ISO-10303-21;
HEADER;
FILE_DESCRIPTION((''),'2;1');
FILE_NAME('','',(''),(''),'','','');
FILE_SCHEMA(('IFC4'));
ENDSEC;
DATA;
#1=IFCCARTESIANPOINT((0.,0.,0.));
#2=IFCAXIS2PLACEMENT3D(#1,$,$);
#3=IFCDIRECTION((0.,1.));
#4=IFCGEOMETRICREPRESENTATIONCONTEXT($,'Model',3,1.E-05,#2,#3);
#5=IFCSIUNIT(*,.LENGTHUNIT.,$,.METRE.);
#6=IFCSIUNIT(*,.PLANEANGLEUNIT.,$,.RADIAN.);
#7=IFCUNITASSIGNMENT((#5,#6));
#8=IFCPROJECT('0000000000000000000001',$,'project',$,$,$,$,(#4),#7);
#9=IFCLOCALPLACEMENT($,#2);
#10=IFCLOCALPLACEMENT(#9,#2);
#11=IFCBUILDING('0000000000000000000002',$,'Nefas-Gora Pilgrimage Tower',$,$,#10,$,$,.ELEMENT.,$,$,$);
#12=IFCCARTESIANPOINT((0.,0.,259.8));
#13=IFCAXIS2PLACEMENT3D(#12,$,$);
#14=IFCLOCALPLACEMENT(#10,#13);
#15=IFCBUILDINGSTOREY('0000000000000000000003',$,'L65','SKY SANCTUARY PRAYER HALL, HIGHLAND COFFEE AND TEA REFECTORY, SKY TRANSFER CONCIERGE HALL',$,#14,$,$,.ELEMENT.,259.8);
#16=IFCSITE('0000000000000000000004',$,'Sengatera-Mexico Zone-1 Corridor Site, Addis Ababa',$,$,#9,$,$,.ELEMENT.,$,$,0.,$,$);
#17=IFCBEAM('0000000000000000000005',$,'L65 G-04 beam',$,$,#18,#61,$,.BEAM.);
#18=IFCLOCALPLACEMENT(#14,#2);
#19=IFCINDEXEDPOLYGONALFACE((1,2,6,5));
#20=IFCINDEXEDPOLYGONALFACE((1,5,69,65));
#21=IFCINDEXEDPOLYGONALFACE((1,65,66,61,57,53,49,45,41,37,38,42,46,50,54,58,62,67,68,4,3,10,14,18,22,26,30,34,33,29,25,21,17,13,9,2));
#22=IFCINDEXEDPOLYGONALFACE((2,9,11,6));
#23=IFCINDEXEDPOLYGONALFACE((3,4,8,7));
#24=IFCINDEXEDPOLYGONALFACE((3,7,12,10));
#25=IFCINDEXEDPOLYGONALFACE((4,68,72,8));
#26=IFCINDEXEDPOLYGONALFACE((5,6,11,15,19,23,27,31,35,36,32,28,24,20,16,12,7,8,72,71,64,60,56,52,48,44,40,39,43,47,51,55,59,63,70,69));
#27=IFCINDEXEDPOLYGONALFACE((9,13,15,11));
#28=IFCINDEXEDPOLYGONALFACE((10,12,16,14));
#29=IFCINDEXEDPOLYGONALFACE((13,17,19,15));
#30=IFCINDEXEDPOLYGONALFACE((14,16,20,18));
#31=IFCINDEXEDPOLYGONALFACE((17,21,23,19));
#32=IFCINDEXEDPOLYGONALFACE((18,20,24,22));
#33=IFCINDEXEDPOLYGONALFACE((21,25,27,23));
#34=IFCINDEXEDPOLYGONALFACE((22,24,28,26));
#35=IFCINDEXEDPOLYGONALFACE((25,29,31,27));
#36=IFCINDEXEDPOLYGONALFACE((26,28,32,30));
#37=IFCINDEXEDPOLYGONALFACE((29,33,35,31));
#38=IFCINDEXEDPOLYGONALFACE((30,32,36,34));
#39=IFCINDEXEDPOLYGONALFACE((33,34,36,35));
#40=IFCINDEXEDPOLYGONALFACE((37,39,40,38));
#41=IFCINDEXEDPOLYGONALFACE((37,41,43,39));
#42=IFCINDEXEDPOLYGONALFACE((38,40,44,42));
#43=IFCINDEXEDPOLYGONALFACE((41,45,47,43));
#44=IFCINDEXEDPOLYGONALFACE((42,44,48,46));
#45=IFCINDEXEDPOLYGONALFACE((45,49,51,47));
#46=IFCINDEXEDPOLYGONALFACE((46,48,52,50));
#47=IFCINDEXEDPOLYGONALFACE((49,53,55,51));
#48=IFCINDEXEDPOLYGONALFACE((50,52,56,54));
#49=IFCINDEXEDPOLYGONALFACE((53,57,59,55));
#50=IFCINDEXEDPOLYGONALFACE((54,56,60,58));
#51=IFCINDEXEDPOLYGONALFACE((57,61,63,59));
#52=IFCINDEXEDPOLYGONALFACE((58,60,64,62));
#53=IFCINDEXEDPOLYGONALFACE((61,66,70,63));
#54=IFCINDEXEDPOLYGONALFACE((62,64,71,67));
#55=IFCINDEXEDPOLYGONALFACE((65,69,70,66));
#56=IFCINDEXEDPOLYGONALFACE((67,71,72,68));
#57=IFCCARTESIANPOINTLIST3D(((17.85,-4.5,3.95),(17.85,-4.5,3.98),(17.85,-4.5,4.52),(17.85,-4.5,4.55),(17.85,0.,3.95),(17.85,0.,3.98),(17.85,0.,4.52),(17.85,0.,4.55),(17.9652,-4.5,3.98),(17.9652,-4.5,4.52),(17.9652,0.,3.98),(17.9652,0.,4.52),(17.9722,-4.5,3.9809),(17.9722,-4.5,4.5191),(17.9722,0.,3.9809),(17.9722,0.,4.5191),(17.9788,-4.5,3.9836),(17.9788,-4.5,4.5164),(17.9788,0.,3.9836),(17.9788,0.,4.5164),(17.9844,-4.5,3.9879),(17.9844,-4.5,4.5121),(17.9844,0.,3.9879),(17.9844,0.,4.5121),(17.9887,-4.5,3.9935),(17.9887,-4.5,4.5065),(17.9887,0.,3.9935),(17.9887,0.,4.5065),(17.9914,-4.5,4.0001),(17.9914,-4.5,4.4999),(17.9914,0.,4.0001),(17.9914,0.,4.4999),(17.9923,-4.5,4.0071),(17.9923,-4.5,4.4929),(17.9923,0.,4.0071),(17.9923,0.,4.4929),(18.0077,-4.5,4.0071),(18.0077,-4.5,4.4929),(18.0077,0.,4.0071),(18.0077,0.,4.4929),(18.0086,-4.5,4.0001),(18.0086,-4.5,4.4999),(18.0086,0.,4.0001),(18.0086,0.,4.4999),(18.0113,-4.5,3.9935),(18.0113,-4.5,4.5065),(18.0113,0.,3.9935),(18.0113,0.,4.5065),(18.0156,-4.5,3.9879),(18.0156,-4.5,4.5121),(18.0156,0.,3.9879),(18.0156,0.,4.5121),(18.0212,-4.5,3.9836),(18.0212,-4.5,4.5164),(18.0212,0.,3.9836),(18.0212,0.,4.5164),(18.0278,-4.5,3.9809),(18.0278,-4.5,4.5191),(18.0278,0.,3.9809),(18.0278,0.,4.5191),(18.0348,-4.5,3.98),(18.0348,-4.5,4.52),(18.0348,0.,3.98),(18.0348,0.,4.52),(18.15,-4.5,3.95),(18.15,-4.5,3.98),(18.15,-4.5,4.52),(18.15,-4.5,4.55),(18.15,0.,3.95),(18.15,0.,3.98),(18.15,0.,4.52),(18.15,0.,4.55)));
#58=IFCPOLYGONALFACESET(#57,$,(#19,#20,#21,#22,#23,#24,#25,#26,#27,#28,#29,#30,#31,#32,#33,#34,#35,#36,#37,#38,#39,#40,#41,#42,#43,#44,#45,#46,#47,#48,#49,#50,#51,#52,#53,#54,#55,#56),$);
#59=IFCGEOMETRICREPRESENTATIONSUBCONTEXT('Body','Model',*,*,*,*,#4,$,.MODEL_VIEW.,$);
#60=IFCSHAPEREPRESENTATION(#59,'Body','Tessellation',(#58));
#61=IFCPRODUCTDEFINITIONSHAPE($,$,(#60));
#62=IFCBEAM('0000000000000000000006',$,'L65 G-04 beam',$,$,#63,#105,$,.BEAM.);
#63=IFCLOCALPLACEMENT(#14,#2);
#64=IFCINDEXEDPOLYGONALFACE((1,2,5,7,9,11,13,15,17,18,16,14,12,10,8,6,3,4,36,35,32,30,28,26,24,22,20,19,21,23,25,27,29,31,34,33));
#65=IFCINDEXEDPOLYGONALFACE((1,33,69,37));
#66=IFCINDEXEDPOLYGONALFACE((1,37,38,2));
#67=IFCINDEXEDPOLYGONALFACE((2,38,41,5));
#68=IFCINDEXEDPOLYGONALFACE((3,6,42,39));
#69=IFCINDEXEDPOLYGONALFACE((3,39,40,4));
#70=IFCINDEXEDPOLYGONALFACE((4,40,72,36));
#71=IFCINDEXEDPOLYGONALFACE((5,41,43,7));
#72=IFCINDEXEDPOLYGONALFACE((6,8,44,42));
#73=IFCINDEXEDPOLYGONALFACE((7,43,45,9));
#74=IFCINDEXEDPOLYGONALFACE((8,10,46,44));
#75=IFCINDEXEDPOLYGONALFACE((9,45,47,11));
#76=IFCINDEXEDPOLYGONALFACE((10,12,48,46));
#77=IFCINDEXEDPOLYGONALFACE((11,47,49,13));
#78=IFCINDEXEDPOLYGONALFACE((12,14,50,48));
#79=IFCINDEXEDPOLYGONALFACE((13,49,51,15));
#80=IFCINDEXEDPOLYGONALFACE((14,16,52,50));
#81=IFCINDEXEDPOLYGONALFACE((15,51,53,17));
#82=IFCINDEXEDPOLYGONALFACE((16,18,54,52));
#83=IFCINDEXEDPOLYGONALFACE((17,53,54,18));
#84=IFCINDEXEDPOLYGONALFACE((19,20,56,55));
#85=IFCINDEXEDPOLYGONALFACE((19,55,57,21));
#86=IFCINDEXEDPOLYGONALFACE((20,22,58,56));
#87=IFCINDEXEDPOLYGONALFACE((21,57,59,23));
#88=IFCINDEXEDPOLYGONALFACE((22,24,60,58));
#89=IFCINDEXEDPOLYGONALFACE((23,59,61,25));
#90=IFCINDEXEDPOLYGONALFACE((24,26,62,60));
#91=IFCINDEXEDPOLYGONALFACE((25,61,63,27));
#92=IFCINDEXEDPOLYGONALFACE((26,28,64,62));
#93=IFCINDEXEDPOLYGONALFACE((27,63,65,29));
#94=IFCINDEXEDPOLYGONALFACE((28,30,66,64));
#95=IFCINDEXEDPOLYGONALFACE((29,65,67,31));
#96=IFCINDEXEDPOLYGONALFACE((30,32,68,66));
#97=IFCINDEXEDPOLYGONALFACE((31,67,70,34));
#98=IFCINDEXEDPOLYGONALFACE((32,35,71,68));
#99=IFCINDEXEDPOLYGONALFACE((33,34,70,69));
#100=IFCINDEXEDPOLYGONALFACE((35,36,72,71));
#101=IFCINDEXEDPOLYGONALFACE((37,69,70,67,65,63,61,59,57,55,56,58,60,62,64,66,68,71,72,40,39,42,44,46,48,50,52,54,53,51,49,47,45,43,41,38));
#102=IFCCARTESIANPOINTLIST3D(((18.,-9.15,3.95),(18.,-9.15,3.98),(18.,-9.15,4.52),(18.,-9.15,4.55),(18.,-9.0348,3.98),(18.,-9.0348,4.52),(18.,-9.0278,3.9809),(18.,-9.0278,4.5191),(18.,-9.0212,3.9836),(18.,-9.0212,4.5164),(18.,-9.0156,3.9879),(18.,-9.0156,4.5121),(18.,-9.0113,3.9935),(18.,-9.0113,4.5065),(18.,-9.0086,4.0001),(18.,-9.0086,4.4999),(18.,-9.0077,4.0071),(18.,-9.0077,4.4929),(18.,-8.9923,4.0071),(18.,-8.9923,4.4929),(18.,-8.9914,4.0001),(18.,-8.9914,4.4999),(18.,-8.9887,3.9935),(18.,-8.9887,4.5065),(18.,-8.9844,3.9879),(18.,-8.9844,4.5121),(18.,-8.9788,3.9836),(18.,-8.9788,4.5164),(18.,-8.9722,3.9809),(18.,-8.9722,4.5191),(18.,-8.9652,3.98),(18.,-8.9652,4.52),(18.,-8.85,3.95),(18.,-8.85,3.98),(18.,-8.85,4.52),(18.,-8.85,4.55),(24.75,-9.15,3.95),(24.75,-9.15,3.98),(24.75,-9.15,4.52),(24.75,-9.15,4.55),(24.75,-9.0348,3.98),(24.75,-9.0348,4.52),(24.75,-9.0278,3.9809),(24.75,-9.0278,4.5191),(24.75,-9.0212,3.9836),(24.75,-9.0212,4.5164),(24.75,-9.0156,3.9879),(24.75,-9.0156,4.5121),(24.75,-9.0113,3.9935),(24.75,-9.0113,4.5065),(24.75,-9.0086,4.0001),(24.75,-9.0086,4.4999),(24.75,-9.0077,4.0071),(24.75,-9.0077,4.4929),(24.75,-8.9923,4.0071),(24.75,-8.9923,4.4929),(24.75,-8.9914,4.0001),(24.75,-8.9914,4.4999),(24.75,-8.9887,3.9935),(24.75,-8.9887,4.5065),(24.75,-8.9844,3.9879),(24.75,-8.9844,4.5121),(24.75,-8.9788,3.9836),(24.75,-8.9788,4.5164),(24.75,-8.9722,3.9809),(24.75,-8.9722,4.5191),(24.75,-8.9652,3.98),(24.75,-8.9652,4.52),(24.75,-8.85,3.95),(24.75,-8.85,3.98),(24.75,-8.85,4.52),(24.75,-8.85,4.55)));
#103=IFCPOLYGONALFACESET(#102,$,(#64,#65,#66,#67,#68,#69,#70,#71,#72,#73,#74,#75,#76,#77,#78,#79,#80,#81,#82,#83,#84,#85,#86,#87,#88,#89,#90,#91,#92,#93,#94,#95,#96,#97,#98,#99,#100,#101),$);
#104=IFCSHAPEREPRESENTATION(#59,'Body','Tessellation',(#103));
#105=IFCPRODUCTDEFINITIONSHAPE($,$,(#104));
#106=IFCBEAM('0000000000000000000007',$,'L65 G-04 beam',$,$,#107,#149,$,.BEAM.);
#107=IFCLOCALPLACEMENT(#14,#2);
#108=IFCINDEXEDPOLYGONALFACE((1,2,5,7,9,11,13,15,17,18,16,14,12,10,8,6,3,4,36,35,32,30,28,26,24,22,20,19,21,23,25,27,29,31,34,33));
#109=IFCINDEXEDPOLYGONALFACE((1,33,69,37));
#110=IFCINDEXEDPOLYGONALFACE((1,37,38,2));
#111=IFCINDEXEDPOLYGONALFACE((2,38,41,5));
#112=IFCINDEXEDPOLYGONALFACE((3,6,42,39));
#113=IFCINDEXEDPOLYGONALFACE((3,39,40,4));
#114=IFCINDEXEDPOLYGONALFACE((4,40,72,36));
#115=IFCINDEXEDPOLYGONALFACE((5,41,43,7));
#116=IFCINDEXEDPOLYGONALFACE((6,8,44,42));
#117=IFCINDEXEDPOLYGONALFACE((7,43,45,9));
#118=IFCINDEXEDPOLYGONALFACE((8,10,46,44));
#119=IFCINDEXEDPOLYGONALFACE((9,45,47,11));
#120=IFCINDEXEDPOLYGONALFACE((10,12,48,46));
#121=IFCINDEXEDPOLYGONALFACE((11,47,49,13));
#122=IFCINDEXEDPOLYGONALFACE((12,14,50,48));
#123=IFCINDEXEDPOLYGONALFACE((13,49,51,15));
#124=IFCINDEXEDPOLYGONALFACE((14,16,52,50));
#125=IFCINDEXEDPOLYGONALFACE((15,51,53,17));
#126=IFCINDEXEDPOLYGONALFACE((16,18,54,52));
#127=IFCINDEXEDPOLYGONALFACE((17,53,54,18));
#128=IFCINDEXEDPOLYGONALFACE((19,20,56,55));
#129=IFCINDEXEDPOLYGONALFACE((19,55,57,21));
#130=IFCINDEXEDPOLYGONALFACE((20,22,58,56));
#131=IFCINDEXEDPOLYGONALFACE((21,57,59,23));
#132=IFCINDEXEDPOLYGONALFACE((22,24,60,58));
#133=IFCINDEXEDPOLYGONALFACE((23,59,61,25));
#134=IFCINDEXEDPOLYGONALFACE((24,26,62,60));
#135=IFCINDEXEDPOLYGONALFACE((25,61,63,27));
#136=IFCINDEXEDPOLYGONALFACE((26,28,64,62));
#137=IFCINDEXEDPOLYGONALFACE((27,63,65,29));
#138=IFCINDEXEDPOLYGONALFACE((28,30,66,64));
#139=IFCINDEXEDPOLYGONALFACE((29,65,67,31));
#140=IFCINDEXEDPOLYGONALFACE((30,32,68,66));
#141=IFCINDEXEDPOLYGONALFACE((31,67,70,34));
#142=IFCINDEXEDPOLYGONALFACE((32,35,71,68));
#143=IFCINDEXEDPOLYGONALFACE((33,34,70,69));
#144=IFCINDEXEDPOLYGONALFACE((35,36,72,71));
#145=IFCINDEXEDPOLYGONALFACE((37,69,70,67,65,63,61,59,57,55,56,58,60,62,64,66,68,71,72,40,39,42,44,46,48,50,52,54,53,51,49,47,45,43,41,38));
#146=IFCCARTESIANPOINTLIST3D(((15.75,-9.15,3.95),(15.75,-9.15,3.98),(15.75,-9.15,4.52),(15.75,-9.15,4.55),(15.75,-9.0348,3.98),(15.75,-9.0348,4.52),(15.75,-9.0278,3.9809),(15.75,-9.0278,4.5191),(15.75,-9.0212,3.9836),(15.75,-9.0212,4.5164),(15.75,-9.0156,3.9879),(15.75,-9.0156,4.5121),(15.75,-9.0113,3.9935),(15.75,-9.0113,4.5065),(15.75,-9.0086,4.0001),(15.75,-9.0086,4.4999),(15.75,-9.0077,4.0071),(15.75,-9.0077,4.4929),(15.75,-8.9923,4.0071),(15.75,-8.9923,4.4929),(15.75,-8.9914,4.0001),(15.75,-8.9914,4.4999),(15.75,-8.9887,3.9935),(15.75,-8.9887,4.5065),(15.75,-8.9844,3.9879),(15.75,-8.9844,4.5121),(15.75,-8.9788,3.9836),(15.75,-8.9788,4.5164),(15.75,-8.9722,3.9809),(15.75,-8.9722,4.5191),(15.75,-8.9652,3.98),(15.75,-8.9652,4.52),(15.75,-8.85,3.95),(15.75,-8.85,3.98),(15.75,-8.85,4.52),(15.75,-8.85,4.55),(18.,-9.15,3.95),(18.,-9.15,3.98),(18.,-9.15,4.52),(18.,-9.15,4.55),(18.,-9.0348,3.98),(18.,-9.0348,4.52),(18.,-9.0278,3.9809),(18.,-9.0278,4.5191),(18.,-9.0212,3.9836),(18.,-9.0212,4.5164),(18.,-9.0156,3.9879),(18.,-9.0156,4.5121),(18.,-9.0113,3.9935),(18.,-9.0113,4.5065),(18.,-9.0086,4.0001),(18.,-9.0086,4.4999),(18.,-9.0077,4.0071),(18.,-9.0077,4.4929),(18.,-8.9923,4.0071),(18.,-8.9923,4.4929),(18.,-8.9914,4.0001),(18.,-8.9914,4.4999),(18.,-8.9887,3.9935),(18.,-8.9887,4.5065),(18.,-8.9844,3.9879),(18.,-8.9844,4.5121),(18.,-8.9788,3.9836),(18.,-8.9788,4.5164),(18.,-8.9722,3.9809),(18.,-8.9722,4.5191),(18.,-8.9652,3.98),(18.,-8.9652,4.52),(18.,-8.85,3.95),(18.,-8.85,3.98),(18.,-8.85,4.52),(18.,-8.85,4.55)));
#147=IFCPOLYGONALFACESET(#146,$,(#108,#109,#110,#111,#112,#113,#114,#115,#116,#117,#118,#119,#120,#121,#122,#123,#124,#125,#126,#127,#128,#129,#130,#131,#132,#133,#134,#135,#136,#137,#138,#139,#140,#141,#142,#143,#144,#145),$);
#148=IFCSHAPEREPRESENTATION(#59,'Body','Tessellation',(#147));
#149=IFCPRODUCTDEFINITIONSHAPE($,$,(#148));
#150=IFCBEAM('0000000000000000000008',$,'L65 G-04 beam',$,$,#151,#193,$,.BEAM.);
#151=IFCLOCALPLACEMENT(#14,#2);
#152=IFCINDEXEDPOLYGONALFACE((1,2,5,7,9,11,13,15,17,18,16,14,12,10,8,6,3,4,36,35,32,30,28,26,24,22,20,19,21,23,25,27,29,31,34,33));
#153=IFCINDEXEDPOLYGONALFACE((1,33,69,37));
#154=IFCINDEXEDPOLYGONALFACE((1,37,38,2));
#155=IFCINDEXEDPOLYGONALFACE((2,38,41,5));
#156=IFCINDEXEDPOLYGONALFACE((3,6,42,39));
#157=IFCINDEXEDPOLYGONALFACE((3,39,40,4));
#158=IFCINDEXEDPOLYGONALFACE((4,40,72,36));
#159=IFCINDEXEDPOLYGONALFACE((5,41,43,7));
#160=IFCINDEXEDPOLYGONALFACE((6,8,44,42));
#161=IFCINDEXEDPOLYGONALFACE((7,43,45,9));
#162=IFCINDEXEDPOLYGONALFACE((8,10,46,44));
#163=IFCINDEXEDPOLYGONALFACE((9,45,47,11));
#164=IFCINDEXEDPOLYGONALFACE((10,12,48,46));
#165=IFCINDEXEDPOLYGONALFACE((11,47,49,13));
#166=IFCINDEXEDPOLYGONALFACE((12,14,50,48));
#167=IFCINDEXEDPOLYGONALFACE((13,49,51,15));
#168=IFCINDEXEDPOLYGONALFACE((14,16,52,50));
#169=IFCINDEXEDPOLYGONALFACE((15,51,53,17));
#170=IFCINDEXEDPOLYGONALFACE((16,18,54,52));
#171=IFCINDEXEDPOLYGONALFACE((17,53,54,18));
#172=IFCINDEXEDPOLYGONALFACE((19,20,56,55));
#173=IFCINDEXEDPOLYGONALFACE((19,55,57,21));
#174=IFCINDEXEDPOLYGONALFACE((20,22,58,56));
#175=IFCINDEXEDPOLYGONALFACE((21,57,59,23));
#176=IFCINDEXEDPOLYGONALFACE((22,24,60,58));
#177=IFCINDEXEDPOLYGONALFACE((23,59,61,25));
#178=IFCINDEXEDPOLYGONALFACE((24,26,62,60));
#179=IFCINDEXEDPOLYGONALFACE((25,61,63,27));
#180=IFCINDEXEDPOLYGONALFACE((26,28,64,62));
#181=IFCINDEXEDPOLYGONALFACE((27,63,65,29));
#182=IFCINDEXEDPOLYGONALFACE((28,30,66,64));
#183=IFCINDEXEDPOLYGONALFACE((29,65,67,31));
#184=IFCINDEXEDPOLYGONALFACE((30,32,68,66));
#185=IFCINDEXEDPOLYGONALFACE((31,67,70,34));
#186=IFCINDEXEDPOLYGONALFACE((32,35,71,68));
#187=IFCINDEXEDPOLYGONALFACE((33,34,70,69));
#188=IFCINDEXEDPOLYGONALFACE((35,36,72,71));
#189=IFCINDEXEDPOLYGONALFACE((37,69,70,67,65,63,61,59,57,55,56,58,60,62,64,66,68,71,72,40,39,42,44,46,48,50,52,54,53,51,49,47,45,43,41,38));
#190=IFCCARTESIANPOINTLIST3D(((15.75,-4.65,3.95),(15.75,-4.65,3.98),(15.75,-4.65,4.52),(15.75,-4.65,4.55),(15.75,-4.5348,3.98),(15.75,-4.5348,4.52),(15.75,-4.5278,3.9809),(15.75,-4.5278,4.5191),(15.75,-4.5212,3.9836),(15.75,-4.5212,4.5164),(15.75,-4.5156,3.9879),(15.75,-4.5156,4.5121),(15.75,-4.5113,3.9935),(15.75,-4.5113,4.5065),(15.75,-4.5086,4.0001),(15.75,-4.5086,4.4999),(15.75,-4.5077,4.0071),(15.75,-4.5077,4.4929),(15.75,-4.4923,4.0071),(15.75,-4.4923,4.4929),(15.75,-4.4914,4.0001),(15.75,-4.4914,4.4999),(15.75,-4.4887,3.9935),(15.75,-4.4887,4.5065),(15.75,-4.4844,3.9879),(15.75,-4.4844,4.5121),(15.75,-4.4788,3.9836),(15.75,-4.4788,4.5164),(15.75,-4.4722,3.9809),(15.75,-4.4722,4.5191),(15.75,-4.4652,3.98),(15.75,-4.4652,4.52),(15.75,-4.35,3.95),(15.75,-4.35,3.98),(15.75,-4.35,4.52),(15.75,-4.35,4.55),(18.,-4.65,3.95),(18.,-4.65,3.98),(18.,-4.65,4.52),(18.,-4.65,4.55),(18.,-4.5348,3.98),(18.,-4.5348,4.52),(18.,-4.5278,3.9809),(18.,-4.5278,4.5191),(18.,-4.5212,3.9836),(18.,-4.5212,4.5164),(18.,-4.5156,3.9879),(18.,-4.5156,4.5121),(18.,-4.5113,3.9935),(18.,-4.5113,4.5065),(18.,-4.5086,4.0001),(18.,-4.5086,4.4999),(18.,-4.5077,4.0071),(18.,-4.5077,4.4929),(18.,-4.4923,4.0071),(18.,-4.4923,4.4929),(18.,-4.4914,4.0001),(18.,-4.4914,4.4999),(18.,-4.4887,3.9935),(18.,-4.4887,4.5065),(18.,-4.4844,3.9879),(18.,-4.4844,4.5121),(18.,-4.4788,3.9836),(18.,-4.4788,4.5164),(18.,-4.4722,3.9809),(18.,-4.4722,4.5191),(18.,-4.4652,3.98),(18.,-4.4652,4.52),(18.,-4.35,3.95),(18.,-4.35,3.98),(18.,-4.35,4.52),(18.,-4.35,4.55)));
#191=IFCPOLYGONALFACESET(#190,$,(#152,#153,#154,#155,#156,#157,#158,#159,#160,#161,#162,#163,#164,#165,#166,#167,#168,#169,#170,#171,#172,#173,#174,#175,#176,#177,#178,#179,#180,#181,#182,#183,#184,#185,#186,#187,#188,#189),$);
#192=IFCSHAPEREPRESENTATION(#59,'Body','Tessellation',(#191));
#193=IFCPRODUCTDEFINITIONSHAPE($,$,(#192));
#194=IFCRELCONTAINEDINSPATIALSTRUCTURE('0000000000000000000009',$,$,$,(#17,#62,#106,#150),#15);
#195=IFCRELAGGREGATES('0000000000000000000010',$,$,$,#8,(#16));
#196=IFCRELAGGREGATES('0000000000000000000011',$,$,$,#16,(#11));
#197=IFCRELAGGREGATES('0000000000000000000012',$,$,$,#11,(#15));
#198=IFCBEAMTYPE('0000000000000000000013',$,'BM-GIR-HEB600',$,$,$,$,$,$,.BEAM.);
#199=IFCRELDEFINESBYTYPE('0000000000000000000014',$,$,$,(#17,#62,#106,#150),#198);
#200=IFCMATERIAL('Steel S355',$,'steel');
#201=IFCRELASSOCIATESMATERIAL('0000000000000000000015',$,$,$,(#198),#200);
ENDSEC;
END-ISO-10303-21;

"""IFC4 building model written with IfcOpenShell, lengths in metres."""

from ifc_helpers import new_model, si_unit, direction, frame, origin, origin_2d, place, context, subcontext, project, spatial, i_section, extrude, source, transform, mapped, material, material_profile, profile_set, type_object, element, save


model = new_model("IFC4")

# Units and contexts
model_context = context("Model", 3, precision=1e-05, world=origin(), true_north=direction((0.0, 1.0)))
body_context = subcontext(model_context, "Body", "Model", "MODEL_VIEW")
ifc_project = project(units=[si_unit("LENGTHUNIT", "METRE"), si_unit("PLANEANGLEUNIT", "RADIAN")], contexts=[model_context])

# Site, building, storey
site_placement = place(None, origin())
site = spatial("IfcSite", under=ifc_project, at=site_placement, Name="Sengatera-Mexico Zone-1 Corridor Site, Addis Ababa", CompositionType="ELEMENT", RefElevation=0.0)
building_placement = place(site_placement, origin())
building = spatial("IfcBuilding", under=site, at=building_placement, Name="Nefas-Gora Pilgrimage Tower", CompositionType="ELEMENT")
storey_placement = place(building_placement, frame((0.0, 0.0, 259.8)))
storey = spatial("IfcBuildingStorey", under=building, at=storey_placement, Name="L65", Description="SKY SANCTUARY PRAYER HALL, HIGHLAND COFFEE AND TEA REFECTORY, SKY TRANSFER CONCIERGE HALL", CompositionType="ELEMENT", Elevation=259.8)

# Beams
ifc_material_1 = material(Name="Steel S355", Category="steel")
ifc_material_profile_1 = material_profile(ifc_material_1, i_section(OverallWidth=0.3, OverallDepth=0.6001, WebThickness=0.0154, FlangeThickness=0.03, FilletRadius=0.0271, at=origin_2d()), Name="HEB 600")
ifc_profile_set_1 = profile_set([ifc_material_profile_1], Name="Steel S355")
beam_type_1 = type_object("IfcBeamType", Name="BM-GIR-HEB600", PredefinedType="BEAM", material=ifc_profile_set_1)
shared_shape_1 = source(origin(), body_context, "Body", "SweptSolid", [
    extrude(i_section(OverallWidth=0.3, OverallDepth=0.6001, WebThickness=0.0154, FlangeThickness=0.03, FilletRadius=0.0271, at=origin_2d()), origin(), (0.0, 0.0, 1.0), 4.5),
])
for number, where, z_axis, x_axis, name in (
    (1, (18.0, -4.5, 4.25), (0.0, 1.0, 0.0), (-1.0, 0.0, 0.0), "L65 G-04 beam"),
):
    element("IfcBeam", number, at=place(storey_placement, frame(where, z_axis=z_axis, x_axis=x_axis)), inside=storey, type_object=beam_type_1, Name=name, PredefinedType="BEAM", context=body_context, shape_type="MappedRepresentation", body=[
        mapped(shared_shape_1, transform((0.0, 0.0, 0.0), x_axis=(1.0, 0.0, 0.0), y_axis=(0.0, 1.0, 0.0), z_axis=(0.0, 0.0, 1.0), scale=1.0)),
    ])
shared_shape_2 = source(origin(), body_context, "Body", "SweptSolid", [
    extrude(i_section(OverallWidth=0.3, OverallDepth=0.6001, WebThickness=0.0154, FlangeThickness=0.03, FilletRadius=0.0271, at=origin_2d()), origin(), (0.0, 0.0, 1.0), 6.75),
])
beam_1_placement = place(storey_placement, frame((18.0, -9.0, 4.25), z_axis=(1.0, 0.0, 0.0), x_axis=(0.0, 1.0, 0.0)))
element("IfcBeam", 2, at=beam_1_placement, inside=storey, type_object=beam_type_1, Name="L65 G-04 beam", PredefinedType="BEAM", context=body_context, shape_type="MappedRepresentation", body=[
    mapped(shared_shape_2, transform((0.0, 0.0, 0.0), x_axis=(1.0, 0.0, 0.0), y_axis=(0.0, 1.0, 0.0), z_axis=(0.0, 0.0, 1.0), scale=1.0)),
])
shared_shape_3 = source(origin(), body_context, "Body", "SweptSolid", [
    extrude(i_section(OverallWidth=0.3, OverallDepth=0.6001, WebThickness=0.0154, FlangeThickness=0.03, FilletRadius=0.0271, at=origin_2d()), origin(), (0.0, 0.0, 1.0), 2.25),
])
for number, where, z_axis, x_axis, name in (
    (3, (15.75, -9.0, 4.25), (1.0, 0.0, 0.0), (0.0, 1.0, 0.0), "L65 G-04 beam"),
    (4, (15.75, -4.5, 4.25), (1.0, 0.0, 0.0), (0.0, 1.0, 0.0), "L65 G-04 beam"),
):
    element("IfcBeam", number, at=place(storey_placement, frame(where, z_axis=z_axis, x_axis=x_axis)), inside=storey, type_object=beam_type_1, Name=name, PredefinedType="BEAM", context=body_context, shape_type="MappedRepresentation", body=[
        mapped(shared_shape_3, transform((0.0, 0.0, 0.0), x_axis=(1.0, 0.0, 0.0), y_axis=(0.0, 1.0, 0.0), z_axis=(0.0, 0.0, 1.0), scale=1.0)),
    ])

save(model, "model.ifc")
